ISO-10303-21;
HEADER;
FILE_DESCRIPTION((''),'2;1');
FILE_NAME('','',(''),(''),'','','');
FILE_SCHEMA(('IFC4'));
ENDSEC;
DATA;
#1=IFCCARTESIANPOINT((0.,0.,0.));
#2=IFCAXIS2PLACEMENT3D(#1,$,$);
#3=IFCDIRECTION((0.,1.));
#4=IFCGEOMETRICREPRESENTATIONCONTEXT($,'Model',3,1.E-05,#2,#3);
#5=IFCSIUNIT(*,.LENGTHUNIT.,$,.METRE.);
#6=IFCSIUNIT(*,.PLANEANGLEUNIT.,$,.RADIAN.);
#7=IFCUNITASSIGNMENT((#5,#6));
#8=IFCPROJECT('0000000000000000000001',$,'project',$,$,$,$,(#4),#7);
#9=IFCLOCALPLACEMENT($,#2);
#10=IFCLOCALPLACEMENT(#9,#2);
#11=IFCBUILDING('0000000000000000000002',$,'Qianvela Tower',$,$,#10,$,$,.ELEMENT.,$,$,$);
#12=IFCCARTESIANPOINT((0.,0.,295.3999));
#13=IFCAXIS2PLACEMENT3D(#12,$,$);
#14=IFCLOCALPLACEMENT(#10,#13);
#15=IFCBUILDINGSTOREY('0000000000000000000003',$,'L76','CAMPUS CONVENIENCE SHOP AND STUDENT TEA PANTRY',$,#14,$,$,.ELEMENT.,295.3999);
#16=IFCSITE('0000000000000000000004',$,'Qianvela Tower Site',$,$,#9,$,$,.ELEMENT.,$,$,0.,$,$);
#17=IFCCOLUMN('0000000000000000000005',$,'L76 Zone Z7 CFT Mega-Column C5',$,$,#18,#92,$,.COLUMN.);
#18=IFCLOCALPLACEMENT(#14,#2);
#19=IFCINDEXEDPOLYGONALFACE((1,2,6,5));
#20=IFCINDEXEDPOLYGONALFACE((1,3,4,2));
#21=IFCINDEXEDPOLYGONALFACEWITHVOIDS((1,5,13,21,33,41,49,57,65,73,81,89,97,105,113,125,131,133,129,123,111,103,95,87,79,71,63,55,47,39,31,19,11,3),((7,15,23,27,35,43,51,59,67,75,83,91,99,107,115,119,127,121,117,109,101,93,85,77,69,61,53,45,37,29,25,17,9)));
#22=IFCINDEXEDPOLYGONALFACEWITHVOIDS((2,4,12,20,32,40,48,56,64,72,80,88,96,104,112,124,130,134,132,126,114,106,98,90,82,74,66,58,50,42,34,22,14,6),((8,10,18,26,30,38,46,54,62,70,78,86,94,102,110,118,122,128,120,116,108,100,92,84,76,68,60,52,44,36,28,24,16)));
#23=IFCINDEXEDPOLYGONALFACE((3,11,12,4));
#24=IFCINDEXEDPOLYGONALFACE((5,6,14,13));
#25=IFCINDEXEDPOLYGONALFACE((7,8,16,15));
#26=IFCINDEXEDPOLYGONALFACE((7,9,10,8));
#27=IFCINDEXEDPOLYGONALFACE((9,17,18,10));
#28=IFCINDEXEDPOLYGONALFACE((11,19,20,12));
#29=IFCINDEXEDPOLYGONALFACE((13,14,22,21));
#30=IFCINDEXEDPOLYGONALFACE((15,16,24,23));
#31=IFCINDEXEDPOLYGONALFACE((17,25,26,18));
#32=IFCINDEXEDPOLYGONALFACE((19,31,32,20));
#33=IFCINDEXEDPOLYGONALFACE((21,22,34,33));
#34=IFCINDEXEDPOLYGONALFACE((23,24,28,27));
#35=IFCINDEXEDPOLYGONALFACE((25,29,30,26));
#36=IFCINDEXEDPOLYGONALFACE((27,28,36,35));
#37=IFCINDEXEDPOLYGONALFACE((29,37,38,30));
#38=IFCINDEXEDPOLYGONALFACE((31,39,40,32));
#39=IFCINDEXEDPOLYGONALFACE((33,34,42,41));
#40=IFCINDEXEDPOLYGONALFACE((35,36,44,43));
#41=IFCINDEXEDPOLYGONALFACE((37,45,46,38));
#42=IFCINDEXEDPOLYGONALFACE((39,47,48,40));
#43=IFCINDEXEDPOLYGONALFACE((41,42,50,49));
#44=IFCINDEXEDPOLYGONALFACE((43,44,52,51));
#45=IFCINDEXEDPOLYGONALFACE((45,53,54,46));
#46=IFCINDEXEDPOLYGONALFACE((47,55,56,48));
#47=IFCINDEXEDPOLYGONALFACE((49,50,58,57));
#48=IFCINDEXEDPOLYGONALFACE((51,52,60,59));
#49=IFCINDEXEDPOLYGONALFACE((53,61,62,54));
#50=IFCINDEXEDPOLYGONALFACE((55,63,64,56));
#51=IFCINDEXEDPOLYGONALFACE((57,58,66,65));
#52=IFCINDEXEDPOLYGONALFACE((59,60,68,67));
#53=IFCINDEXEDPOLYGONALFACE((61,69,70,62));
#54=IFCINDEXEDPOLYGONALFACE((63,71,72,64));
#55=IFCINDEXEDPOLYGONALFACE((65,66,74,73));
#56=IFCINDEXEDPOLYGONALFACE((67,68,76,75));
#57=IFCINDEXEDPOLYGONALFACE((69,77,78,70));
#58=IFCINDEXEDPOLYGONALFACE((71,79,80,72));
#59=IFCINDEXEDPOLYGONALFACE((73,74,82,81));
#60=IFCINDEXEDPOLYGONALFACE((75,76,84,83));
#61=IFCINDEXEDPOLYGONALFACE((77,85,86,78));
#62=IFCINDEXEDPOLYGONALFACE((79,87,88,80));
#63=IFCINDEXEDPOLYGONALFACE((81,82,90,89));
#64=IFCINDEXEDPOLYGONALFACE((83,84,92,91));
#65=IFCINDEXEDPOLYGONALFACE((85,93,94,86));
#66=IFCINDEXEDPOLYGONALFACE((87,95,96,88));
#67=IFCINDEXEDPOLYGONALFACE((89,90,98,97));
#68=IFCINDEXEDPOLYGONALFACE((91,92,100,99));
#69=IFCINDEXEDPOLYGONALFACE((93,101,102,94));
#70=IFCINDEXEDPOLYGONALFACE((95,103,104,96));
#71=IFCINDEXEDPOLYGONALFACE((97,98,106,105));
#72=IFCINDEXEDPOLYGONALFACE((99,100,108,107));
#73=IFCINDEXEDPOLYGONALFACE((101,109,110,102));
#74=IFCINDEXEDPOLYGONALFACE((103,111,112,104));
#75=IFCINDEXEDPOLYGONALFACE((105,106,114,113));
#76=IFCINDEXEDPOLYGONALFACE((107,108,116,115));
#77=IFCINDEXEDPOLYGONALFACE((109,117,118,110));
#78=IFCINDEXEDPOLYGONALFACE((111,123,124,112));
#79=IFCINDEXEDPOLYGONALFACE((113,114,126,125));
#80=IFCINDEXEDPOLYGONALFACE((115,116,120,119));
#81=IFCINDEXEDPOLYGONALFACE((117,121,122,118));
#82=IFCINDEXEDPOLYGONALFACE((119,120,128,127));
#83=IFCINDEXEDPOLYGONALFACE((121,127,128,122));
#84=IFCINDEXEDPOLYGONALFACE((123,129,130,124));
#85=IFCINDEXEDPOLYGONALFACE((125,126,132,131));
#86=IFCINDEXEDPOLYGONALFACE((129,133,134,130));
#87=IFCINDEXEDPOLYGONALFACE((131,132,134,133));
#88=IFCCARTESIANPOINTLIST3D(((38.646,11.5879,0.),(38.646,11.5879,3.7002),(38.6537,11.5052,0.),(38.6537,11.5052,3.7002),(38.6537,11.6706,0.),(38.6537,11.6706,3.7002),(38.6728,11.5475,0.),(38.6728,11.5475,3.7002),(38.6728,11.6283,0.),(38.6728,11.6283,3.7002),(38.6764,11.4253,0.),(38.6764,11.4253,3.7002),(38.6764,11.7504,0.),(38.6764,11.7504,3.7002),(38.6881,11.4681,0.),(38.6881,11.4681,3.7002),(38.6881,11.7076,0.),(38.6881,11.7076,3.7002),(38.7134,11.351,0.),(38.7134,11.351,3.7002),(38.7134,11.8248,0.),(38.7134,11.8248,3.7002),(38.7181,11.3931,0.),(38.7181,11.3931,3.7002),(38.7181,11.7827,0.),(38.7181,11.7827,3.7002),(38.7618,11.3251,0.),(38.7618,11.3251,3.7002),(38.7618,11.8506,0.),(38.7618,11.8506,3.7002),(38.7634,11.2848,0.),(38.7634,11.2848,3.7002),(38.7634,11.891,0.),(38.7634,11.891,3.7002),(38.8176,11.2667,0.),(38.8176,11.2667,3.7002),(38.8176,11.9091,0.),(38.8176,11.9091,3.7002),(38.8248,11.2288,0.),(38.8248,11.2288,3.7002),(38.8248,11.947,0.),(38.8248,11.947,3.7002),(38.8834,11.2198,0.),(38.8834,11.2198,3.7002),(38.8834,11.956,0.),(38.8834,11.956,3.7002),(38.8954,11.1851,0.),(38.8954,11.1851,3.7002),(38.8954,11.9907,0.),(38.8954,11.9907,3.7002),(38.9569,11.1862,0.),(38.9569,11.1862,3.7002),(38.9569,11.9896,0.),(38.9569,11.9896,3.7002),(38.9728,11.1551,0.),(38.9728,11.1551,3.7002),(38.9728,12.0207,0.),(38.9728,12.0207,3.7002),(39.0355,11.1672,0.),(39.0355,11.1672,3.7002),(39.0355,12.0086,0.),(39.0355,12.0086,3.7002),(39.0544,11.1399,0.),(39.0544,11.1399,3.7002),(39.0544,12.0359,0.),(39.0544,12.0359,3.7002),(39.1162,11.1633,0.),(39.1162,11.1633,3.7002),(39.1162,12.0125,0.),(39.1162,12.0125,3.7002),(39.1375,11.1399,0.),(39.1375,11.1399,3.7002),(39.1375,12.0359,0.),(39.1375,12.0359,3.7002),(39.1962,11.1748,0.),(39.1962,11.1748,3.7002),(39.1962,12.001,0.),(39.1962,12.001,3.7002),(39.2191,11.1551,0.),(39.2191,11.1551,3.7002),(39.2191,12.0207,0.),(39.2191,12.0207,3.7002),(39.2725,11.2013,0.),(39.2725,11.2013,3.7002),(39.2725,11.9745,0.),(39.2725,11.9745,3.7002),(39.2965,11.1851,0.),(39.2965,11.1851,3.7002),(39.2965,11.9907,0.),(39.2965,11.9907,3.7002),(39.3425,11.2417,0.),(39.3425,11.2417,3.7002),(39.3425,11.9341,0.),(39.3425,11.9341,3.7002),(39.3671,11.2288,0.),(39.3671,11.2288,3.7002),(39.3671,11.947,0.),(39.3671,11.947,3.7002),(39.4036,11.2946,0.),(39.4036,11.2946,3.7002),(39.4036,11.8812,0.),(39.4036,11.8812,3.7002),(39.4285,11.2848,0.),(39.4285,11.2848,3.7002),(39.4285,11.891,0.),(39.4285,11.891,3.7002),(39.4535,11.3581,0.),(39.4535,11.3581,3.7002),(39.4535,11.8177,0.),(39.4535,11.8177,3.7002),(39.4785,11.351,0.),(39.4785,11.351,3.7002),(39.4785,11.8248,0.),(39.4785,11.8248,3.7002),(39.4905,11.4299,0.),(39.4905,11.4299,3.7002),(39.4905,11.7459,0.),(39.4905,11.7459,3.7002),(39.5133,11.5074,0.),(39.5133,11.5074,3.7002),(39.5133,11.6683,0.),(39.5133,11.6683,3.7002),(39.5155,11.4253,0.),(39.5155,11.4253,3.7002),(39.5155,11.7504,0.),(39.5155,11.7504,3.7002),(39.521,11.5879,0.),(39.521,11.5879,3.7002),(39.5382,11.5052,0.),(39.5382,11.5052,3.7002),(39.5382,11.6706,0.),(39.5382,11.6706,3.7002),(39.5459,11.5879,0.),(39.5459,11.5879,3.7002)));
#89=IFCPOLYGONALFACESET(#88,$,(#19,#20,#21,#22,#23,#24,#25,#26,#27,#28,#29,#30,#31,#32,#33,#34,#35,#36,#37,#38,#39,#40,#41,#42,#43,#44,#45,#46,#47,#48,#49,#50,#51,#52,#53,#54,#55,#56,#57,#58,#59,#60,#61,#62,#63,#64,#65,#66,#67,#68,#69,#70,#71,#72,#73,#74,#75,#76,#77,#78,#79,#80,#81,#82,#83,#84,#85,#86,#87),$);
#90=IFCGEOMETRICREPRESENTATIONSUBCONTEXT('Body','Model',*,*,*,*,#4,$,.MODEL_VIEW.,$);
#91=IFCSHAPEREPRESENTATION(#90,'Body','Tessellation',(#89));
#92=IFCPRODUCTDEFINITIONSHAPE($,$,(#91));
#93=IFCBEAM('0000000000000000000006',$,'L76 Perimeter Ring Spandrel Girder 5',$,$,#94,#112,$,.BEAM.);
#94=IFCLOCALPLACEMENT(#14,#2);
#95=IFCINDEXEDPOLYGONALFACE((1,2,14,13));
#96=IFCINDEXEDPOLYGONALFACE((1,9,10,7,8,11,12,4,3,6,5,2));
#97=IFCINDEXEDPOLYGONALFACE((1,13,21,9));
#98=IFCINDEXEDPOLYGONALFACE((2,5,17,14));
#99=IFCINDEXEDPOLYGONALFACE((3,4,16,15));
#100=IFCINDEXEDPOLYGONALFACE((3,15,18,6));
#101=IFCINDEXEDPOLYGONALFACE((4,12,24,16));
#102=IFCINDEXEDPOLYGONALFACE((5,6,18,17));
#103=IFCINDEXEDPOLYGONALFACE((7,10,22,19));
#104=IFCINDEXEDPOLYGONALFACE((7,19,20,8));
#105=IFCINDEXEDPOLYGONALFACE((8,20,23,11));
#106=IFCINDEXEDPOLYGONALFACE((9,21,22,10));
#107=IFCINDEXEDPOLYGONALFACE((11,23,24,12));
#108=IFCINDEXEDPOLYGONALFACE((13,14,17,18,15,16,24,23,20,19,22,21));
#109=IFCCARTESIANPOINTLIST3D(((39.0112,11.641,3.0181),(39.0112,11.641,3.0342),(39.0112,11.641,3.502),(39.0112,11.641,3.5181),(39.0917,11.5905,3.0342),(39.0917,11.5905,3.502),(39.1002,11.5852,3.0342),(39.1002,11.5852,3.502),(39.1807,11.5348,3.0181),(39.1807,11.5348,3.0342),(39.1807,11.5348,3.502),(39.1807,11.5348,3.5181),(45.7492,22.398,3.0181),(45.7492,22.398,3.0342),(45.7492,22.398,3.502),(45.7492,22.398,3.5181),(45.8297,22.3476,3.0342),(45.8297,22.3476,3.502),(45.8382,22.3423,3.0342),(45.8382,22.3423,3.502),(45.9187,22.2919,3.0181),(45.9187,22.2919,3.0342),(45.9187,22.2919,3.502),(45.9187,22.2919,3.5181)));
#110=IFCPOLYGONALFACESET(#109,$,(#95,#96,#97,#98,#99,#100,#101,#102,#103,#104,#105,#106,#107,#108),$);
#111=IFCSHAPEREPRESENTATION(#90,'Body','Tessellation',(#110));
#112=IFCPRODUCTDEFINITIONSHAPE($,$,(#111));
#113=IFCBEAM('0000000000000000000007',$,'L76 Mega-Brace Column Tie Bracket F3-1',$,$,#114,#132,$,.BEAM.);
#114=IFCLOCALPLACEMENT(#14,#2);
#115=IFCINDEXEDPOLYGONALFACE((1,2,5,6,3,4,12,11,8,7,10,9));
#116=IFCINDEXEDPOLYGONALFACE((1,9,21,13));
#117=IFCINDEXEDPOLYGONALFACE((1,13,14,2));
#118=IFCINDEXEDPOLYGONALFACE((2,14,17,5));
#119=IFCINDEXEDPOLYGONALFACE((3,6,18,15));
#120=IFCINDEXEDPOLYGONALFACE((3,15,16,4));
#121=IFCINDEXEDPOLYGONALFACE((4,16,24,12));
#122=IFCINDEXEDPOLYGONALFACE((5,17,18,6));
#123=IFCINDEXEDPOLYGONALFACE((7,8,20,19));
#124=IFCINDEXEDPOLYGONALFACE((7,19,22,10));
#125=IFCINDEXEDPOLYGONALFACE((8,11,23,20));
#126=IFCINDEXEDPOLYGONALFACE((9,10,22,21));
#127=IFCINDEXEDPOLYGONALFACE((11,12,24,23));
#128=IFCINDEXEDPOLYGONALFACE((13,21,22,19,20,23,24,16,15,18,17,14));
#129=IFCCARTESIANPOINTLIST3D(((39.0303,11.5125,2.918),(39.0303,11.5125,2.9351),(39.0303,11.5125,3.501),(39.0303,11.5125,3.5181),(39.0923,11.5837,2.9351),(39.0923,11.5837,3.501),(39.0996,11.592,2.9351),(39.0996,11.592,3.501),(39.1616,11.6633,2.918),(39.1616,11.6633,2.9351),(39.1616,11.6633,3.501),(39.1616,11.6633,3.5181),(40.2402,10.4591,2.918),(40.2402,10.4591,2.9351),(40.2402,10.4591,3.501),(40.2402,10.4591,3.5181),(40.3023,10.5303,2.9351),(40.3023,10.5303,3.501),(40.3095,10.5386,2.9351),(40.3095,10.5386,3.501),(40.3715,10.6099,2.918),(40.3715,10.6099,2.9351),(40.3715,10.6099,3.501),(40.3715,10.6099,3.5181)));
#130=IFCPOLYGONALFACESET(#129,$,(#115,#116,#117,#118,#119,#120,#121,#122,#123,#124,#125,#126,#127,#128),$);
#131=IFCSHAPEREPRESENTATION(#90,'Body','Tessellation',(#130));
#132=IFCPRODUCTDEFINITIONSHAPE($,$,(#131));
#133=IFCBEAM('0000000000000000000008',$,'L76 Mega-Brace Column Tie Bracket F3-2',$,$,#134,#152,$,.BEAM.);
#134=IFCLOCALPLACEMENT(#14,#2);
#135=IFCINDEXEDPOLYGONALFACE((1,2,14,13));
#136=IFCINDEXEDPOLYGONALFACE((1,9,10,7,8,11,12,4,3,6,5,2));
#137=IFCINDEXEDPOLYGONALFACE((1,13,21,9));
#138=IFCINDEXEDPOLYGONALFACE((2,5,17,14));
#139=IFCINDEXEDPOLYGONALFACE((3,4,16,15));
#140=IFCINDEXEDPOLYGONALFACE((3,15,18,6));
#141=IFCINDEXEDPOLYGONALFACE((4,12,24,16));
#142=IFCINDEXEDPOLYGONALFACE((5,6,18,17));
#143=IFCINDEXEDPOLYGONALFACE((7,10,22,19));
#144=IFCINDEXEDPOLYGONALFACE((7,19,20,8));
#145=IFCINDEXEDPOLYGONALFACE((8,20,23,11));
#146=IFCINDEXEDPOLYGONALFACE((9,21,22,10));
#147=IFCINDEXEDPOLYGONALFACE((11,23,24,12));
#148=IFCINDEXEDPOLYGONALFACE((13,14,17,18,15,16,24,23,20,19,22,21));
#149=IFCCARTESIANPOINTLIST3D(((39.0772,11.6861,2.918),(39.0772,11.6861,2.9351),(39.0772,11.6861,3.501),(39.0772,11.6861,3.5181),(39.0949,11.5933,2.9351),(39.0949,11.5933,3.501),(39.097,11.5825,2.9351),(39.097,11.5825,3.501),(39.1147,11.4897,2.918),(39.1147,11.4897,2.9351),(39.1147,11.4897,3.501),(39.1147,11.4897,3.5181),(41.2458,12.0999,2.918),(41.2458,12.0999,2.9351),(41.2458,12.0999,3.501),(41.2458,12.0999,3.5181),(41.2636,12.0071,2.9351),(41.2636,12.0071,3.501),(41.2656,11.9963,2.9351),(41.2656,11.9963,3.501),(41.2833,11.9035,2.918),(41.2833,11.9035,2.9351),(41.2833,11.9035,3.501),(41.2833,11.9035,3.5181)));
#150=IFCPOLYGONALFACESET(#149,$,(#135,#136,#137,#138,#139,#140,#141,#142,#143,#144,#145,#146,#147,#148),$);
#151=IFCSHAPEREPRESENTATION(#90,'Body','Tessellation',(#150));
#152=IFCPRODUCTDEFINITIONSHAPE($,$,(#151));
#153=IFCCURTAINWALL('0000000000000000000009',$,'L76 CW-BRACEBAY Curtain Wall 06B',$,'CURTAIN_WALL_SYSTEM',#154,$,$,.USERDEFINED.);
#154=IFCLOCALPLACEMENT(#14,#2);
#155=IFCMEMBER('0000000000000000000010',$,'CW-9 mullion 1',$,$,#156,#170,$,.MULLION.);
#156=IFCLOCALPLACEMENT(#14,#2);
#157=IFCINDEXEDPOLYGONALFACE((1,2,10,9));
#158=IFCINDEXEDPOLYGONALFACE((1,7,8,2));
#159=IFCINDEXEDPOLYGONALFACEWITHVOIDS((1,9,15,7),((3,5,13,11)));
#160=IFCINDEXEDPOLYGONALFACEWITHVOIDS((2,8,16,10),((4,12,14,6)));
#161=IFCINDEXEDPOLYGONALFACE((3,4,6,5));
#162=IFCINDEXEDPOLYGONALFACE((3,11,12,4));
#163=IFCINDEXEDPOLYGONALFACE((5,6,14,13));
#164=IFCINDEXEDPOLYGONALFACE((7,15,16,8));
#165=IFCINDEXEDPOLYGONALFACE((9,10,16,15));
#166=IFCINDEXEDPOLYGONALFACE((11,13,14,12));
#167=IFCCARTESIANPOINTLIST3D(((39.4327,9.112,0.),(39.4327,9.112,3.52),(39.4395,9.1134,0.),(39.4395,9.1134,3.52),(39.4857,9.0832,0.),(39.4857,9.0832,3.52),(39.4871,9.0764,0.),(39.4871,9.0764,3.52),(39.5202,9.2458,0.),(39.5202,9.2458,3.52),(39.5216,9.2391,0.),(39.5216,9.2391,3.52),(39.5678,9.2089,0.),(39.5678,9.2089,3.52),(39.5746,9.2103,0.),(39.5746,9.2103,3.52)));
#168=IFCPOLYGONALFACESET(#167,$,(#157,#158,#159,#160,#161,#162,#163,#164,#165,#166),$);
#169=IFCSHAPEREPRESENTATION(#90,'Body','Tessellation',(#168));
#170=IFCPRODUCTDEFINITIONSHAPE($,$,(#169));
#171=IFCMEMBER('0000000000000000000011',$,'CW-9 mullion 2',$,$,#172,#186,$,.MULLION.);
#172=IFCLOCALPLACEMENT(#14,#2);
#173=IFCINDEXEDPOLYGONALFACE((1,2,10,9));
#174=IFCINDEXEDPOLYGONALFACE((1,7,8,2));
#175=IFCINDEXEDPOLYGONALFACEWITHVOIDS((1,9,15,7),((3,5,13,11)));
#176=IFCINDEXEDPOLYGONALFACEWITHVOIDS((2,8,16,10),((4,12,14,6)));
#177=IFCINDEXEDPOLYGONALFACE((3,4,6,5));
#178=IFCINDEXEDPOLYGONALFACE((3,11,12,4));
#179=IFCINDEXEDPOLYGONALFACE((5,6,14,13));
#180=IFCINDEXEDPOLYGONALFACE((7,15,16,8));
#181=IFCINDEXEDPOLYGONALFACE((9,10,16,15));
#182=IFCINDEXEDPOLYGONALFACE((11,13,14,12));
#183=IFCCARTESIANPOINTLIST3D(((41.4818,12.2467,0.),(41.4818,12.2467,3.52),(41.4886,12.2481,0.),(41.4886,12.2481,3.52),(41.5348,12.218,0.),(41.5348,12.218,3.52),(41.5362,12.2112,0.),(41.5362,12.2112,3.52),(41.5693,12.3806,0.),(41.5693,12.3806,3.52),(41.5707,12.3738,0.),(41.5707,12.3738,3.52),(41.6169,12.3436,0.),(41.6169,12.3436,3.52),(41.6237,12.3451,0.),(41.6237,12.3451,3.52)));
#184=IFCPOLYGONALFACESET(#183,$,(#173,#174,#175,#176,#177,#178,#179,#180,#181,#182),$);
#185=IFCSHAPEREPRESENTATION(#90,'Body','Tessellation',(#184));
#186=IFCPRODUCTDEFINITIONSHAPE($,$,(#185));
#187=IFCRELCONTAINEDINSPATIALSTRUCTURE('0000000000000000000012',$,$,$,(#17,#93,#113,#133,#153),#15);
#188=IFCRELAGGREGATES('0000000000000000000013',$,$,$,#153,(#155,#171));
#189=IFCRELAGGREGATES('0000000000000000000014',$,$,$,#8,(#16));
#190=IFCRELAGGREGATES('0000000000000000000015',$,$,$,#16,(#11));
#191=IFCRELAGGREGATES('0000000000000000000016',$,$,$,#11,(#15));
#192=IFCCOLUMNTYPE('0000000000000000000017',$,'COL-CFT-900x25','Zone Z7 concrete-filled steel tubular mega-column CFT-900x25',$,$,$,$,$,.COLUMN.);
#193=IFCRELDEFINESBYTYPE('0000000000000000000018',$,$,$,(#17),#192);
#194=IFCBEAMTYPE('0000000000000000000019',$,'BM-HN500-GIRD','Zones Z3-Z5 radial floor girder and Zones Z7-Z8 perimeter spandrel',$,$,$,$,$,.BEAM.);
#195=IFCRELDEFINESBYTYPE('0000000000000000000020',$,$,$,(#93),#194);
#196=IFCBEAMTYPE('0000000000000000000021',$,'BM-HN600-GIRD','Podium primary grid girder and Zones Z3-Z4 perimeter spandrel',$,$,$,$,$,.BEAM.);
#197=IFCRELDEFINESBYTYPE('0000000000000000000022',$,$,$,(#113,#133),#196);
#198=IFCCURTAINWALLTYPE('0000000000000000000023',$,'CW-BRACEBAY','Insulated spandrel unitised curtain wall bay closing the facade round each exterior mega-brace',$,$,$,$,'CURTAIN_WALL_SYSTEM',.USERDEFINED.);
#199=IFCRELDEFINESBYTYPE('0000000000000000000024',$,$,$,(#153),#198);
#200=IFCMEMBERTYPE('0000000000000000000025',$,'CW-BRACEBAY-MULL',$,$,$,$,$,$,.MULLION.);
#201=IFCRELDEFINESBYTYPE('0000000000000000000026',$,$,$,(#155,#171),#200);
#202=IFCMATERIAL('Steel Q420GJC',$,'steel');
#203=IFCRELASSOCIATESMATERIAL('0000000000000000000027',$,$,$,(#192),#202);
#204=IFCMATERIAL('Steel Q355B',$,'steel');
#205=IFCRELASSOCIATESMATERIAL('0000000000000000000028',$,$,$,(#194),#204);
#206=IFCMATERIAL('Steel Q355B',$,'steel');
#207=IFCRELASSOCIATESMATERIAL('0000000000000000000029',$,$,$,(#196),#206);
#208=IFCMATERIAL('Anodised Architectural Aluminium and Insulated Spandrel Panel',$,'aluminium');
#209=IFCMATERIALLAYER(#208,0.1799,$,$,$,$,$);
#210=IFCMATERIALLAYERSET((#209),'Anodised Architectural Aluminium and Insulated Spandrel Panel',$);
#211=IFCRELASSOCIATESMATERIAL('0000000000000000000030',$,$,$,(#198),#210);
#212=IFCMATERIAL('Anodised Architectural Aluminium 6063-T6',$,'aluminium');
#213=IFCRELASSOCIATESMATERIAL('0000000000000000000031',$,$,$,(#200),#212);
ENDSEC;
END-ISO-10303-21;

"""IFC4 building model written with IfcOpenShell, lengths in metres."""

from ifc_helpers import new_model, si_unit, direction, frame, origin, origin_2d, place, context, subcontext, project, spatial, hollow_rectangle, hollow_circle, i_section, extrude, material, layer, layer_set, material_profile, profile_set, type_object, element, aggregate, save


model = new_model("IFC4")

# Units and contexts
model_context = context("Model", 3, precision=1e-05, world=origin(), true_north=direction((0.0, 1.0)))
body_context = subcontext(model_context, "Body", "Model", "MODEL_VIEW")
ifc_project = project(units=[si_unit("LENGTHUNIT", "METRE"), si_unit("PLANEANGLEUNIT", "RADIAN")], contexts=[model_context])

# Site, building, storey
site_placement = place(None, origin())
site = spatial("IfcSite", under=ifc_project, at=site_placement, Name="Qianvela Tower Site", CompositionType="ELEMENT", RefElevation=0.0)
building_placement = place(site_placement, origin())
building = spatial("IfcBuilding", under=site, at=building_placement, Name="Qianvela Tower", CompositionType="ELEMENT")
storey_placement = place(building_placement, frame((0.0, 0.0, 295.3999)))
storey = spatial("IfcBuildingStorey", under=building, at=storey_placement, Name="L76", Description="CAMPUS CONVENIENCE SHOP AND STUDENT TEA PANTRY", CompositionType="ELEMENT", Elevation=295.3999)

# Column
ifc_material_1 = material(Name="Steel Q420GJC", Category="steel")
ifc_material_profile_1 = material_profile(ifc_material_1, hollow_circle(Radius=0.45, WallThickness=0.0249, at=origin_2d()), Name="CFT-900x25")
ifc_profile_set_1 = profile_set([ifc_material_profile_1], Name="Steel Q420GJC")
column_type = type_object("IfcColumnType", Name="COL-CFT-900x25", Description="Zone Z7 concrete-filled steel tubular mega-column CFT-900x25", PredefinedType="COLUMN", material=ifc_profile_set_1)
column_placement = place(storey_placement, frame((39.0959, 11.5879, 0.0), z_axis=(0.0, 0.0, 1.0), x_axis=(1.0, 0.0, 0.0)))
element("IfcColumn", 1, at=column_placement, inside=storey, type_object=column_type, Name="L76 Zone Z7 CFT Mega-Column C5", PredefinedType="COLUMN", context=body_context, shape_type="SweptSolid", body=[
    extrude(hollow_circle(Radius=0.45, WallThickness=0.0249, at=origin_2d()), origin(), (0.0, 0.0, 1.0), 3.7002),
])

# Beams
ifc_material_2 = material(Name="Steel Q355B", Category="steel")
ifc_material_profile_2 = material_profile(ifc_material_2, i_section(OverallWidth=0.2, OverallDepth=0.5, WebThickness=0.01, FlangeThickness=0.0161, at=origin_2d()), Name="HN500x200x10x16")
ifc_profile_set_2 = profile_set([ifc_material_profile_2], Name="Steel Q355B")
beam_type_1 = type_object("IfcBeamType", Name="BM-HN500-GIRD", Description="Zones Z3-Z5 radial floor girder and Zones Z7-Z8 perimeter spandrel", PredefinedType="BEAM", material=ifc_profile_set_2)
beam_1_placement = place(storey_placement, frame((39.0959, 11.5879, 3.2681), z_axis=(0.530841, 0.847472, 0.0), x_axis=(-0.847472, 0.530841, 0.0)))
element("IfcBeam", 2, at=beam_1_placement, inside=storey, type_object=beam_type_1, Name="L76 Perimeter Ring Spandrel Girder 5", PredefinedType="BEAM", context=body_context, shape_type="SweptSolid", body=[
    extrude(i_section(OverallWidth=0.2, OverallDepth=0.5, WebThickness=0.01, FlangeThickness=0.0161, at=origin_2d()), origin(), (0.0, 0.0, 1.0), 12.6931),
])
ifc_material_3 = material(Name="Steel Q355B", Category="steel")
ifc_material_profile_3 = material_profile(ifc_material_3, i_section(OverallWidth=0.2, OverallDepth=0.6001, WebThickness=0.011, FlangeThickness=0.0171, at=origin_2d()), Name="HN600x200x11x17")
ifc_profile_set_3 = profile_set([ifc_material_profile_3], Name="Steel Q355B")
beam_type_2 = type_object("IfcBeamType", Name="BM-HN600-GIRD", Description="Podium primary grid girder and Zones Z3-Z4 perimeter spandrel", PredefinedType="BEAM", material=ifc_profile_set_3)
beam_2_placement = place(storey_placement, frame((39.0959, 11.5879, 3.218), z_axis=(0.754196, -0.65665, 0.0), x_axis=(0.65665, 0.754196, 0.0)))
element("IfcBeam", 3, at=beam_2_placement, inside=storey, type_object=beam_type_2, Name="L76 Mega-Brace Column Tie Bracket F3-1", PredefinedType="BEAM", context=body_context, shape_type="SweptSolid", body=[
    extrude(i_section(OverallWidth=0.2, OverallDepth=0.6001, WebThickness=0.011, FlangeThickness=0.0171, at=origin_2d()), origin(), (0.0, 0.0, 1.0), 1.6042),
])
beam_3_placement = place(storey_placement, frame((39.0959, 11.5879, 3.218), z_axis=(0.982278, 0.187432, 0.0), x_axis=(-0.187432, 0.982278, 0.0)))
element("IfcBeam", 4, at=beam_3_placement, inside=storey, type_object=beam_type_2, Name="L76 Mega-Brace Column Tie Bracket F3-2", PredefinedType="BEAM", context=body_context, shape_type="SweptSolid", body=[
    extrude(i_section(OverallWidth=0.2, OverallDepth=0.6001, WebThickness=0.011, FlangeThickness=0.0171, at=origin_2d()), origin(), (0.0, 0.0, 1.0), 2.2078),
])

# Curtain wall, members
ifc_material_4 = material(Name="Anodised Architectural Aluminium and Insulated Spandrel Panel", Category="aluminium")
ifc_layer_1 = layer(ifc_material_4, 0.1799)
ifc_layer_set_1 = layer_set([ifc_layer_1], Name="Anodised Architectural Aluminium and Insulated Spandrel Panel")
curtain_wall_type_1 = type_object("IfcCurtainWallType", Name="CW-BRACEBAY", Description="Insulated spandrel unitised curtain wall bay closing the facade round each exterior mega-brace", ElementType="CURTAIN_WALL_SYSTEM", PredefinedType="USERDEFINED", material=ifc_layer_set_1)
curtain_wall_1_placement = place(storey_placement, origin())
curtain_wall_1 = element("IfcCurtainWall", 5, at=curtain_wall_1_placement, inside=storey, type_object=curtain_wall_type_1, Name="L76 CW-BRACEBAY Curtain Wall 06B", ObjectType="CURTAIN_WALL_SYSTEM", PredefinedType="USERDEFINED")
ifc_material_5 = material(Name="Anodised Architectural Aluminium 6063-T6", Category="aluminium")
ifc_material_profile_4 = material_profile(ifc_material_5, hollow_rectangle(XDim=0.0649, YDim=0.1599, WallThickness=0.0049, at=origin_2d()), Name="ALU-MULL-65x160")
ifc_profile_set_4 = profile_set([ifc_material_profile_4], Name="Anodised Architectural Aluminium 6063-T6")
member_type_1 = type_object("IfcMemberType", Name="CW-BRACEBAY-MULL", PredefinedType="MULLION", material=ifc_profile_set_4)
member_1_placement = place(storey_placement, frame((39.5037, 9.1611, 0.0), z_axis=(0.0, 0.0, 1.0), x_axis=(-0.837071, 0.547094, 0.0)))
member_1 = element("IfcMember", 6, at=member_1_placement, type_object=member_type_1, Name="CW-9 mullion 1", PredefinedType="MULLION", context=body_context, shape_type="SweptSolid", body=[
    extrude(hollow_rectangle(XDim=0.0649, YDim=0.1599, WallThickness=0.0049, at=origin_2d()), origin(), (0.0, 0.0, 1.0), 3.52),
])
member_2_placement = place(storey_placement, frame((41.5527, 12.2959, 0.0), z_axis=(0.0, 0.0, 1.0), x_axis=(-0.837071, 0.547094, 0.0)))
member_2 = element("IfcMember", 7, at=member_2_placement, type_object=member_type_1, Name="CW-9 mullion 2", PredefinedType="MULLION", context=body_context, shape_type="SweptSolid", body=[
    extrude(hollow_rectangle(XDim=0.0649, YDim=0.1599, WallThickness=0.0049, at=origin_2d()), origin(), (0.0, 0.0, 1.0), 3.52),
])

aggregate(curtain_wall_1, [member_1, member_2])

save(model, "model.ifc")
